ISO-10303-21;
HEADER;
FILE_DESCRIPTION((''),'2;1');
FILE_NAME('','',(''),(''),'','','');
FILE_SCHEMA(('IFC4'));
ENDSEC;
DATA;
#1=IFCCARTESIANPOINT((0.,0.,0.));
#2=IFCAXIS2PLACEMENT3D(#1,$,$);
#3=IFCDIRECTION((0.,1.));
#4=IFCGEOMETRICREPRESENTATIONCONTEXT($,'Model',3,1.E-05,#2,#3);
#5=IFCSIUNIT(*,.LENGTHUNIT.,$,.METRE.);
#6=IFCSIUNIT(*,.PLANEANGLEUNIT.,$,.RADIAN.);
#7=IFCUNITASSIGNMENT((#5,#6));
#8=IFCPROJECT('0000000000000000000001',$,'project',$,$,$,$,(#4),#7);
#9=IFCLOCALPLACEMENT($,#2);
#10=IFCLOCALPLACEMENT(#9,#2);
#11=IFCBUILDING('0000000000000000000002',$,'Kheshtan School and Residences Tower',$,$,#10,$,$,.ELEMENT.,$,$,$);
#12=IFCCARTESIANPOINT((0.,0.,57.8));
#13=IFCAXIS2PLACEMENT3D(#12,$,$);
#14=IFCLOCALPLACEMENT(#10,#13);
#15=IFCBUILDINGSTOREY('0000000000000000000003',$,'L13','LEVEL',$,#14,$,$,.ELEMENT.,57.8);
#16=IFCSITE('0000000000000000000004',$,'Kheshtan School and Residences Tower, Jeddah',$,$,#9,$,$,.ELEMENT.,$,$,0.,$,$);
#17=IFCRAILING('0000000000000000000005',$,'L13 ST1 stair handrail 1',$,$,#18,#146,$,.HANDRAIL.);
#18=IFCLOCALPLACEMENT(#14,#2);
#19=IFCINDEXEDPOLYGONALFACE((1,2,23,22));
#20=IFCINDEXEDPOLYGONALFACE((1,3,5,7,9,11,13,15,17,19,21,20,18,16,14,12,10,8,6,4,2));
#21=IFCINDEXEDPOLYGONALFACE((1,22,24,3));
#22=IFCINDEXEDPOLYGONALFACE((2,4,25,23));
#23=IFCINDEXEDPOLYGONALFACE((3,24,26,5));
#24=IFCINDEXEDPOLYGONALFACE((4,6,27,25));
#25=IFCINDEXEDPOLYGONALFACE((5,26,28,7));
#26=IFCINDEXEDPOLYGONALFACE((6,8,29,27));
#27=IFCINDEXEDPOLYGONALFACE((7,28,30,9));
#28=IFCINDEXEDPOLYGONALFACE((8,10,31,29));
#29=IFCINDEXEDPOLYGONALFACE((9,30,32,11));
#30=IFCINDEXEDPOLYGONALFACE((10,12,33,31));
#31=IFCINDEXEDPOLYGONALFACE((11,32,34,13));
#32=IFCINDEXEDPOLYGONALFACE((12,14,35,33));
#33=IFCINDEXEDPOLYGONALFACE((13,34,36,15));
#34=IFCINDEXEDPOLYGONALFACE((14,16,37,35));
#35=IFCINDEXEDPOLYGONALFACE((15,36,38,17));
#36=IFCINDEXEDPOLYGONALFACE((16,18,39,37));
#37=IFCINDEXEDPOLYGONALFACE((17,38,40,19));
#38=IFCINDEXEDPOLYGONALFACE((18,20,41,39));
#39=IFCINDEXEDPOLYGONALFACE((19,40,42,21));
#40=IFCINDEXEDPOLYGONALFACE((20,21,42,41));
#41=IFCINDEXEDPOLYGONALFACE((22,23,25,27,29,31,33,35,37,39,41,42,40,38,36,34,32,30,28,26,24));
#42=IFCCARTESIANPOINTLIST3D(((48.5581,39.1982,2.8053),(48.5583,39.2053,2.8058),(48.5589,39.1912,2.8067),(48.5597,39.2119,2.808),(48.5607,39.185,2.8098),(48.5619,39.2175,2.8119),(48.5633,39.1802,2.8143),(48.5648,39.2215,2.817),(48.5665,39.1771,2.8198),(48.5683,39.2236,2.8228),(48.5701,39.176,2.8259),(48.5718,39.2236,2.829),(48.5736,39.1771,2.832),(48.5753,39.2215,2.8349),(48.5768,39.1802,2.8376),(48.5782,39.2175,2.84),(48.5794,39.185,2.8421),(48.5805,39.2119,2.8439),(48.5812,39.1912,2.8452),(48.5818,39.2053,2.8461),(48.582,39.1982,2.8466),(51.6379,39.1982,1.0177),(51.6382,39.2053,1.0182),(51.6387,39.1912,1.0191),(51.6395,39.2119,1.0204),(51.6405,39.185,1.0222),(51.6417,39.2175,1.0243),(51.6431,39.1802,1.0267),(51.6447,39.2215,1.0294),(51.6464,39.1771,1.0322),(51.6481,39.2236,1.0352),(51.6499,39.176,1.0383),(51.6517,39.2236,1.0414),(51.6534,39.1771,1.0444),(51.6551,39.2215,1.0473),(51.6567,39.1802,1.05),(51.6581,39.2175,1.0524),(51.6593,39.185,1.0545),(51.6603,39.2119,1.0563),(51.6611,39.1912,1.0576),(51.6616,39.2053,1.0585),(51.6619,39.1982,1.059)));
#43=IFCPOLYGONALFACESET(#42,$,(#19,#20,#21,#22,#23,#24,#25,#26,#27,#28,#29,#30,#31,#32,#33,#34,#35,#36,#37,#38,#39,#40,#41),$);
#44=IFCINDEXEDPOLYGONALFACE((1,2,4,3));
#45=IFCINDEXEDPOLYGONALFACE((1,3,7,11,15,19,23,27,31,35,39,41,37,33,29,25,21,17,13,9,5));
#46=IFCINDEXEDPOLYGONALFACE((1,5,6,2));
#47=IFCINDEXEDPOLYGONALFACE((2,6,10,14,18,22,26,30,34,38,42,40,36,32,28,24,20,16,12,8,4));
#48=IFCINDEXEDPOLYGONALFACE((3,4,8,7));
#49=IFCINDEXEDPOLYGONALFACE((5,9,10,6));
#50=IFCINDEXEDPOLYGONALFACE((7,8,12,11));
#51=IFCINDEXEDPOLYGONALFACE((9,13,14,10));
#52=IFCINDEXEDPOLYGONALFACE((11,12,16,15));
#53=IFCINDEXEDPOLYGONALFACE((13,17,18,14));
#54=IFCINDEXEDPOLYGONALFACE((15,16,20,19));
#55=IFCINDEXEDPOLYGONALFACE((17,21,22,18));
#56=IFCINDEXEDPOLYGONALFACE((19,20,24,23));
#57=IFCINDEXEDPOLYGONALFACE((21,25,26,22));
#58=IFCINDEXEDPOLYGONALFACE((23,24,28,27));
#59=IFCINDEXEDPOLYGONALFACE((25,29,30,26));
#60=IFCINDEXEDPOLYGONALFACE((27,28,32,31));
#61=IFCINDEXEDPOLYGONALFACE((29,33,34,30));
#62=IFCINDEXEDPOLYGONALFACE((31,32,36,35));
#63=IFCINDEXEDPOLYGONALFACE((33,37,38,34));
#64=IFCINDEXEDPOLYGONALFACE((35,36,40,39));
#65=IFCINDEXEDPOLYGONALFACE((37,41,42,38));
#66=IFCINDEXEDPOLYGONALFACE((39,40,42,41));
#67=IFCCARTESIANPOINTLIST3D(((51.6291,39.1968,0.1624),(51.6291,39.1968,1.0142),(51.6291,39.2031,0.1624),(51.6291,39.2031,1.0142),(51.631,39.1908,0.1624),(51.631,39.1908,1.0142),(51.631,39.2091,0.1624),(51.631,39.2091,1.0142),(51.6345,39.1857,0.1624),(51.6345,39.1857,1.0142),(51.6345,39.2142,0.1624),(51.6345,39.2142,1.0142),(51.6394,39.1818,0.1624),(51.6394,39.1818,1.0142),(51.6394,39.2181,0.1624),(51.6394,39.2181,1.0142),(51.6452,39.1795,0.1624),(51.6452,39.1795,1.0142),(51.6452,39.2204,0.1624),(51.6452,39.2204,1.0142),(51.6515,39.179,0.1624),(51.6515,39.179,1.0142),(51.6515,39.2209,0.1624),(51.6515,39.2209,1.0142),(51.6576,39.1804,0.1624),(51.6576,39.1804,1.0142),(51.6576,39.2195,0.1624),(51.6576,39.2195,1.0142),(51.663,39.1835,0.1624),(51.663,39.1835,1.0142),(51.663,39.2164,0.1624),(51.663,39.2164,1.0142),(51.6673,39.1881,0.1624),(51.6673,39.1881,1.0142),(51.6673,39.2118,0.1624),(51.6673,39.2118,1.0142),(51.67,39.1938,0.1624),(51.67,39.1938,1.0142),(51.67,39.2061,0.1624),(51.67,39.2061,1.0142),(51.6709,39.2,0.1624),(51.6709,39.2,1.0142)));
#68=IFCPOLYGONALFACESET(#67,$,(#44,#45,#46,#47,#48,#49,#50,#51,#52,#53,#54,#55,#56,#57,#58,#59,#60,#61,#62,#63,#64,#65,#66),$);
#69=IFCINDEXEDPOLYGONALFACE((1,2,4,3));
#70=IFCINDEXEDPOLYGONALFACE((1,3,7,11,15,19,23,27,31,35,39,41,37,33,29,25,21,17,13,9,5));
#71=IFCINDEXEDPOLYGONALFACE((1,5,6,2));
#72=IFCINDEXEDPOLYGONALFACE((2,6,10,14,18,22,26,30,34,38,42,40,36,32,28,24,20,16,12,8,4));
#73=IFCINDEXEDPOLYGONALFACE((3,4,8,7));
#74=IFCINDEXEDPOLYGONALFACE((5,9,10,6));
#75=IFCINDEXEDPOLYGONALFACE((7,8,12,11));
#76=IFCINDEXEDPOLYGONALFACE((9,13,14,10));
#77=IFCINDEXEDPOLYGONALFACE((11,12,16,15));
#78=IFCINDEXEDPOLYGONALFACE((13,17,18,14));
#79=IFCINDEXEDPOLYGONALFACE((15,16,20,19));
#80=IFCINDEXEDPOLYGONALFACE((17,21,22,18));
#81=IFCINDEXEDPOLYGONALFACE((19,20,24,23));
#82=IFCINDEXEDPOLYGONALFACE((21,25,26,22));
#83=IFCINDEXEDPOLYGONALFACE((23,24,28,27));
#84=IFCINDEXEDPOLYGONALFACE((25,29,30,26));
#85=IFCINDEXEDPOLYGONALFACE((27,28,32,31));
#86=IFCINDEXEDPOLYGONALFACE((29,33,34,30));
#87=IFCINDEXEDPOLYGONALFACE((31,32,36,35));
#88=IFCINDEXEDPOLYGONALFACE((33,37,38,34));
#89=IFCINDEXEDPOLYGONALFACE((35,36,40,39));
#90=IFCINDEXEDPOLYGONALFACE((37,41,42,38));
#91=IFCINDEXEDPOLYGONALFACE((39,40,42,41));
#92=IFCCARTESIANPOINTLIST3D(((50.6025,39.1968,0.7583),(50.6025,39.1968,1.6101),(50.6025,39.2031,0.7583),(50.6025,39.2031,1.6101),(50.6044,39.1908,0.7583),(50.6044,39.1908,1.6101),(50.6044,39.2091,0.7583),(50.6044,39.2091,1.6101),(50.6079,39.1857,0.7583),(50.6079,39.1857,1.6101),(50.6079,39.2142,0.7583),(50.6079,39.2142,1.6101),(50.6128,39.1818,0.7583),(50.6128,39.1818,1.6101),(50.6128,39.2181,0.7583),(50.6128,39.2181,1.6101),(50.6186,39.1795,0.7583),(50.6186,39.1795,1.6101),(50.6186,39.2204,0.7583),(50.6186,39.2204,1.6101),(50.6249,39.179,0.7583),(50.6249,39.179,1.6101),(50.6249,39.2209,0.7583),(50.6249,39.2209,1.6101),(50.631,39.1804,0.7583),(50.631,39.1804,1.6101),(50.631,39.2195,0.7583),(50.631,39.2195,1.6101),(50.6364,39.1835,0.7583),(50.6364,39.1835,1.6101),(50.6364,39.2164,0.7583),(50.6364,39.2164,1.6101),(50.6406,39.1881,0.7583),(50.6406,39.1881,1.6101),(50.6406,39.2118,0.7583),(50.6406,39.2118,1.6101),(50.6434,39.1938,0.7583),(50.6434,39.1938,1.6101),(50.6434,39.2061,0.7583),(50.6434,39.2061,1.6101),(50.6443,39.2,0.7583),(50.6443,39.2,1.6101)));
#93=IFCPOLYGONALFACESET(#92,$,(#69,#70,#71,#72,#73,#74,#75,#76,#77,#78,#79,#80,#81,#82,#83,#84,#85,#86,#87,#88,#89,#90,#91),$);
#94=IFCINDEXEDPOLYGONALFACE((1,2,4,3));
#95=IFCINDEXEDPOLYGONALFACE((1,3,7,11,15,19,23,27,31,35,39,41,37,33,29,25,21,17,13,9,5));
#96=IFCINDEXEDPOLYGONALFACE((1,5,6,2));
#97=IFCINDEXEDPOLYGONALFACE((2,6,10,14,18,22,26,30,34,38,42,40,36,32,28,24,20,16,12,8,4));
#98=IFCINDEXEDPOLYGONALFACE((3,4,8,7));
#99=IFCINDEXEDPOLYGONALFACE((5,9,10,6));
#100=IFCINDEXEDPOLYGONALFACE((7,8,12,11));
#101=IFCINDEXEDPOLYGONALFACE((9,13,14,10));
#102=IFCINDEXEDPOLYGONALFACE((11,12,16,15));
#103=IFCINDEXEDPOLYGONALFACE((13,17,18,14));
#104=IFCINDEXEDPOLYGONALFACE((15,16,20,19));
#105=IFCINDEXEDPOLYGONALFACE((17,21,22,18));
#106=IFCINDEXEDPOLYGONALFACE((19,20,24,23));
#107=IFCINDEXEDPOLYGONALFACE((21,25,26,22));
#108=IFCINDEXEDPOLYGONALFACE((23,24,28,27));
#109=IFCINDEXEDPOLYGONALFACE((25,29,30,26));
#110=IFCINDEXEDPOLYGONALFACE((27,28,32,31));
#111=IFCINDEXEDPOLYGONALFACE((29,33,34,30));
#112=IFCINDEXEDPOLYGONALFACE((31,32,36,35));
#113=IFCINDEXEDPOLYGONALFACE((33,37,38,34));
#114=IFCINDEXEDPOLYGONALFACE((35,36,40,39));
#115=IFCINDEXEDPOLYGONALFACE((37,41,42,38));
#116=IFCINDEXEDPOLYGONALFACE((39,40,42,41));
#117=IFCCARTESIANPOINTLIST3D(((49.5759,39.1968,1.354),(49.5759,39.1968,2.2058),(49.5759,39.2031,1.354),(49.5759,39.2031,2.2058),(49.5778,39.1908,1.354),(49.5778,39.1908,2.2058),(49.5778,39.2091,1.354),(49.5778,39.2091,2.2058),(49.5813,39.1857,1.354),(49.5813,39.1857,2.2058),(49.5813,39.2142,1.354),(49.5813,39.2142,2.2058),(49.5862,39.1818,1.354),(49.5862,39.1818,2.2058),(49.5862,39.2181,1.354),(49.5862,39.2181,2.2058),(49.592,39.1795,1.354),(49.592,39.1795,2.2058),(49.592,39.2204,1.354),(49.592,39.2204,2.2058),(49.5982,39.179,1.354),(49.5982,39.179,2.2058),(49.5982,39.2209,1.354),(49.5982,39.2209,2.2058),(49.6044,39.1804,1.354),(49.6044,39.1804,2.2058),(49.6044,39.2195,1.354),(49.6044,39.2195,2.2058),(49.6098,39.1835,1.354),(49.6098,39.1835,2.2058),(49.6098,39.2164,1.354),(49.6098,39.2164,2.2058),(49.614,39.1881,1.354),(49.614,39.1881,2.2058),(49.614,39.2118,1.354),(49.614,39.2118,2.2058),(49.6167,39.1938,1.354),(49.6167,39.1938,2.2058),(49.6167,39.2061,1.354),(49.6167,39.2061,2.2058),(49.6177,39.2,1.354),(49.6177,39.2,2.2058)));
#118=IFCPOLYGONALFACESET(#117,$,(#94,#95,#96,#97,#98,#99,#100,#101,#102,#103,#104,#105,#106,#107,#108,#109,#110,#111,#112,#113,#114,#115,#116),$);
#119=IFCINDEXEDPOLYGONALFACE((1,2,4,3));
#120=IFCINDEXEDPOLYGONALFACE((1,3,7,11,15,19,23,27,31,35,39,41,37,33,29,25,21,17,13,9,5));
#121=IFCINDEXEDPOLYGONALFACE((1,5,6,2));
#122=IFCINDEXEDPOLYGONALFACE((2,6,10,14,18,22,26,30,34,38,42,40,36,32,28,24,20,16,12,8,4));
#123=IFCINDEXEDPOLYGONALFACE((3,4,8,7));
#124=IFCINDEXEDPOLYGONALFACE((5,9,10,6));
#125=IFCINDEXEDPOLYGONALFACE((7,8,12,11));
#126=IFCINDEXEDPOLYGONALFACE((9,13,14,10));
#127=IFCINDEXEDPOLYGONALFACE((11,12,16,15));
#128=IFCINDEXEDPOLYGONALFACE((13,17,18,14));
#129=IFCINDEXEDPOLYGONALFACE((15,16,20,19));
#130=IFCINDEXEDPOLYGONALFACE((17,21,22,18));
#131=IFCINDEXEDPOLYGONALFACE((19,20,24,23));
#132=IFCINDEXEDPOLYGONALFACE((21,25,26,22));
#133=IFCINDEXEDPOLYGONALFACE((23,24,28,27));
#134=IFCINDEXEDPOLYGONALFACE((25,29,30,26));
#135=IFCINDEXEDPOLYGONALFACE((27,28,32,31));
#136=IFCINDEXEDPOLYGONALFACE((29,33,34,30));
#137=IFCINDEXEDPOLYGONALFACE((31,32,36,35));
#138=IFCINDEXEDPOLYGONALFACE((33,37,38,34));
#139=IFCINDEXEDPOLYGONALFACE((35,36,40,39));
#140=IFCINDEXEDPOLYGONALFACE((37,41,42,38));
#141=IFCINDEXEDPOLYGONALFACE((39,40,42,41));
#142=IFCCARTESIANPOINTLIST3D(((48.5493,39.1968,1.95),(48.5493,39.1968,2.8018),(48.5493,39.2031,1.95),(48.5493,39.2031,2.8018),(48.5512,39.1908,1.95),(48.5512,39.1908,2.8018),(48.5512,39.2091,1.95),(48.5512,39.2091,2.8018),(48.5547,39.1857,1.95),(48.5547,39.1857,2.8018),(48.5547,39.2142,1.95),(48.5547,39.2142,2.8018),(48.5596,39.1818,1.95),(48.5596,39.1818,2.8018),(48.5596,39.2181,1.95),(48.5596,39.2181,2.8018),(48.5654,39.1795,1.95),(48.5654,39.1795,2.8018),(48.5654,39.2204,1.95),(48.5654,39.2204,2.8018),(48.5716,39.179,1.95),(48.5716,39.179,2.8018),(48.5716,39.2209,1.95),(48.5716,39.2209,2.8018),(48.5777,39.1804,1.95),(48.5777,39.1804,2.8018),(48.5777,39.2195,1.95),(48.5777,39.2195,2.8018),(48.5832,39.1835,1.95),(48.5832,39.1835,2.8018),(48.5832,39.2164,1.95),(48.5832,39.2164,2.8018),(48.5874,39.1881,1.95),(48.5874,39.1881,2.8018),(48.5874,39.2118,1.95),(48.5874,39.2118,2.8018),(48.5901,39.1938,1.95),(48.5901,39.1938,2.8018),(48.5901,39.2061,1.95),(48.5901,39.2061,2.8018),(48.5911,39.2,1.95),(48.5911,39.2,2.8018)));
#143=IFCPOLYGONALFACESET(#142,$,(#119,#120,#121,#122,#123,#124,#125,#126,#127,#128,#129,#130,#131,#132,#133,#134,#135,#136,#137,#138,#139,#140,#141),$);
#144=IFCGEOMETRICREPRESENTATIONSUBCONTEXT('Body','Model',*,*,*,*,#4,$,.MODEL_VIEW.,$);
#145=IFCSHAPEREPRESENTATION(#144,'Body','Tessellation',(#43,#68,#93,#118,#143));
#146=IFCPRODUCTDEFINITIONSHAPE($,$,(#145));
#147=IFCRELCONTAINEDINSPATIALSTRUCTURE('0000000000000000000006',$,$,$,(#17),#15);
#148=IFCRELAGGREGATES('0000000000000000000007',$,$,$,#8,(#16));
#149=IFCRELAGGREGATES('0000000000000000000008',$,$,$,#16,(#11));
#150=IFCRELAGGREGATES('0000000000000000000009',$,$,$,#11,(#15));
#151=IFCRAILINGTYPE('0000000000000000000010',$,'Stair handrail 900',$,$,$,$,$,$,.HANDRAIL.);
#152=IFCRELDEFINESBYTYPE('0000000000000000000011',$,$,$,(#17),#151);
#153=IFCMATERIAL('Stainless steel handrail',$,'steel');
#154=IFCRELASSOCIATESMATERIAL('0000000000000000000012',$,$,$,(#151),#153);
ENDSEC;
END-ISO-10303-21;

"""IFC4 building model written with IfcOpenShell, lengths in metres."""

from ifc_helpers import new_model, si_unit, direction, frame, origin, origin_2d, place, context, subcontext, project, spatial, circle, extrude, material, type_object, element, save


model = new_model("IFC4")

# Units and contexts
model_context = context("Model", 3, precision=1e-05, world=origin(), true_north=direction((0.0, 1.0)))
body_context = subcontext(model_context, "Body", "Model", "MODEL_VIEW")
ifc_project = project(units=[si_unit("LENGTHUNIT", "METRE"), si_unit("PLANEANGLEUNIT", "RADIAN")], contexts=[model_context])

# Site, building, storey
site_placement = place(None, origin())
site = spatial("IfcSite", under=ifc_project, at=site_placement, Name="Kheshtan School and Residences Tower, Jeddah", CompositionType="ELEMENT", RefElevation=0.0)
building_placement = place(site_placement, origin())
building = spatial("IfcBuilding", under=site, at=building_placement, Name="Kheshtan School and Residences Tower", CompositionType="ELEMENT")
storey_placement = place(building_placement, frame((0.0, 0.0, 57.8)))
storey = spatial("IfcBuildingStorey", under=building, at=storey_placement, Name="L13", Description="LEVEL", CompositionType="ELEMENT", Elevation=57.8)

# Railing
ifc_material_1 = material(Name="Stainless steel handrail", Category="steel")
railing_type_1 = type_object("IfcRailingType", Name="Stair handrail 900", PredefinedType="HANDRAIL", material=ifc_material_1)
railing_1_placement = place(storey_placement, frame((51.6499, 39.2, 0.1624)))
element("IfcRailing", 1, at=railing_1_placement, inside=storey, type_object=railing_type_1, Name="L13 ST1 stair handrail 1", PredefinedType="HANDRAIL", context=body_context, shape_type="SweptSolid", body=[
    extrude(circle(Radius=0.0239, at=origin_2d()), frame((0.0, 0.0, 0.876), z_axis=(-0.864873, 0.0, 0.50199), x_axis=(0.0, -1.0, 0.0)), (0.0, 0.0, 1.0), 3.561),
    extrude(circle(Radius=0.021, at=origin_2d()), origin(), (0.0, 0.0, 1.0), 0.8518),
    extrude(circle(Radius=0.021, at=origin_2d()), frame((-1.0266, 0.0, 0.5959)), (0.0, 0.0, 1.0), 0.8518),
    extrude(circle(Radius=0.021, at=origin_2d()), frame((-2.0532, 0.0, 1.1917)), (0.0, 0.0, 1.0), 0.8518),
    extrude(circle(Radius=0.021, at=origin_2d()), frame((-3.0798, 0.0, 1.7876)), (0.0, 0.0, 1.0), 0.8518),
])

save(model, "model.ifc")
